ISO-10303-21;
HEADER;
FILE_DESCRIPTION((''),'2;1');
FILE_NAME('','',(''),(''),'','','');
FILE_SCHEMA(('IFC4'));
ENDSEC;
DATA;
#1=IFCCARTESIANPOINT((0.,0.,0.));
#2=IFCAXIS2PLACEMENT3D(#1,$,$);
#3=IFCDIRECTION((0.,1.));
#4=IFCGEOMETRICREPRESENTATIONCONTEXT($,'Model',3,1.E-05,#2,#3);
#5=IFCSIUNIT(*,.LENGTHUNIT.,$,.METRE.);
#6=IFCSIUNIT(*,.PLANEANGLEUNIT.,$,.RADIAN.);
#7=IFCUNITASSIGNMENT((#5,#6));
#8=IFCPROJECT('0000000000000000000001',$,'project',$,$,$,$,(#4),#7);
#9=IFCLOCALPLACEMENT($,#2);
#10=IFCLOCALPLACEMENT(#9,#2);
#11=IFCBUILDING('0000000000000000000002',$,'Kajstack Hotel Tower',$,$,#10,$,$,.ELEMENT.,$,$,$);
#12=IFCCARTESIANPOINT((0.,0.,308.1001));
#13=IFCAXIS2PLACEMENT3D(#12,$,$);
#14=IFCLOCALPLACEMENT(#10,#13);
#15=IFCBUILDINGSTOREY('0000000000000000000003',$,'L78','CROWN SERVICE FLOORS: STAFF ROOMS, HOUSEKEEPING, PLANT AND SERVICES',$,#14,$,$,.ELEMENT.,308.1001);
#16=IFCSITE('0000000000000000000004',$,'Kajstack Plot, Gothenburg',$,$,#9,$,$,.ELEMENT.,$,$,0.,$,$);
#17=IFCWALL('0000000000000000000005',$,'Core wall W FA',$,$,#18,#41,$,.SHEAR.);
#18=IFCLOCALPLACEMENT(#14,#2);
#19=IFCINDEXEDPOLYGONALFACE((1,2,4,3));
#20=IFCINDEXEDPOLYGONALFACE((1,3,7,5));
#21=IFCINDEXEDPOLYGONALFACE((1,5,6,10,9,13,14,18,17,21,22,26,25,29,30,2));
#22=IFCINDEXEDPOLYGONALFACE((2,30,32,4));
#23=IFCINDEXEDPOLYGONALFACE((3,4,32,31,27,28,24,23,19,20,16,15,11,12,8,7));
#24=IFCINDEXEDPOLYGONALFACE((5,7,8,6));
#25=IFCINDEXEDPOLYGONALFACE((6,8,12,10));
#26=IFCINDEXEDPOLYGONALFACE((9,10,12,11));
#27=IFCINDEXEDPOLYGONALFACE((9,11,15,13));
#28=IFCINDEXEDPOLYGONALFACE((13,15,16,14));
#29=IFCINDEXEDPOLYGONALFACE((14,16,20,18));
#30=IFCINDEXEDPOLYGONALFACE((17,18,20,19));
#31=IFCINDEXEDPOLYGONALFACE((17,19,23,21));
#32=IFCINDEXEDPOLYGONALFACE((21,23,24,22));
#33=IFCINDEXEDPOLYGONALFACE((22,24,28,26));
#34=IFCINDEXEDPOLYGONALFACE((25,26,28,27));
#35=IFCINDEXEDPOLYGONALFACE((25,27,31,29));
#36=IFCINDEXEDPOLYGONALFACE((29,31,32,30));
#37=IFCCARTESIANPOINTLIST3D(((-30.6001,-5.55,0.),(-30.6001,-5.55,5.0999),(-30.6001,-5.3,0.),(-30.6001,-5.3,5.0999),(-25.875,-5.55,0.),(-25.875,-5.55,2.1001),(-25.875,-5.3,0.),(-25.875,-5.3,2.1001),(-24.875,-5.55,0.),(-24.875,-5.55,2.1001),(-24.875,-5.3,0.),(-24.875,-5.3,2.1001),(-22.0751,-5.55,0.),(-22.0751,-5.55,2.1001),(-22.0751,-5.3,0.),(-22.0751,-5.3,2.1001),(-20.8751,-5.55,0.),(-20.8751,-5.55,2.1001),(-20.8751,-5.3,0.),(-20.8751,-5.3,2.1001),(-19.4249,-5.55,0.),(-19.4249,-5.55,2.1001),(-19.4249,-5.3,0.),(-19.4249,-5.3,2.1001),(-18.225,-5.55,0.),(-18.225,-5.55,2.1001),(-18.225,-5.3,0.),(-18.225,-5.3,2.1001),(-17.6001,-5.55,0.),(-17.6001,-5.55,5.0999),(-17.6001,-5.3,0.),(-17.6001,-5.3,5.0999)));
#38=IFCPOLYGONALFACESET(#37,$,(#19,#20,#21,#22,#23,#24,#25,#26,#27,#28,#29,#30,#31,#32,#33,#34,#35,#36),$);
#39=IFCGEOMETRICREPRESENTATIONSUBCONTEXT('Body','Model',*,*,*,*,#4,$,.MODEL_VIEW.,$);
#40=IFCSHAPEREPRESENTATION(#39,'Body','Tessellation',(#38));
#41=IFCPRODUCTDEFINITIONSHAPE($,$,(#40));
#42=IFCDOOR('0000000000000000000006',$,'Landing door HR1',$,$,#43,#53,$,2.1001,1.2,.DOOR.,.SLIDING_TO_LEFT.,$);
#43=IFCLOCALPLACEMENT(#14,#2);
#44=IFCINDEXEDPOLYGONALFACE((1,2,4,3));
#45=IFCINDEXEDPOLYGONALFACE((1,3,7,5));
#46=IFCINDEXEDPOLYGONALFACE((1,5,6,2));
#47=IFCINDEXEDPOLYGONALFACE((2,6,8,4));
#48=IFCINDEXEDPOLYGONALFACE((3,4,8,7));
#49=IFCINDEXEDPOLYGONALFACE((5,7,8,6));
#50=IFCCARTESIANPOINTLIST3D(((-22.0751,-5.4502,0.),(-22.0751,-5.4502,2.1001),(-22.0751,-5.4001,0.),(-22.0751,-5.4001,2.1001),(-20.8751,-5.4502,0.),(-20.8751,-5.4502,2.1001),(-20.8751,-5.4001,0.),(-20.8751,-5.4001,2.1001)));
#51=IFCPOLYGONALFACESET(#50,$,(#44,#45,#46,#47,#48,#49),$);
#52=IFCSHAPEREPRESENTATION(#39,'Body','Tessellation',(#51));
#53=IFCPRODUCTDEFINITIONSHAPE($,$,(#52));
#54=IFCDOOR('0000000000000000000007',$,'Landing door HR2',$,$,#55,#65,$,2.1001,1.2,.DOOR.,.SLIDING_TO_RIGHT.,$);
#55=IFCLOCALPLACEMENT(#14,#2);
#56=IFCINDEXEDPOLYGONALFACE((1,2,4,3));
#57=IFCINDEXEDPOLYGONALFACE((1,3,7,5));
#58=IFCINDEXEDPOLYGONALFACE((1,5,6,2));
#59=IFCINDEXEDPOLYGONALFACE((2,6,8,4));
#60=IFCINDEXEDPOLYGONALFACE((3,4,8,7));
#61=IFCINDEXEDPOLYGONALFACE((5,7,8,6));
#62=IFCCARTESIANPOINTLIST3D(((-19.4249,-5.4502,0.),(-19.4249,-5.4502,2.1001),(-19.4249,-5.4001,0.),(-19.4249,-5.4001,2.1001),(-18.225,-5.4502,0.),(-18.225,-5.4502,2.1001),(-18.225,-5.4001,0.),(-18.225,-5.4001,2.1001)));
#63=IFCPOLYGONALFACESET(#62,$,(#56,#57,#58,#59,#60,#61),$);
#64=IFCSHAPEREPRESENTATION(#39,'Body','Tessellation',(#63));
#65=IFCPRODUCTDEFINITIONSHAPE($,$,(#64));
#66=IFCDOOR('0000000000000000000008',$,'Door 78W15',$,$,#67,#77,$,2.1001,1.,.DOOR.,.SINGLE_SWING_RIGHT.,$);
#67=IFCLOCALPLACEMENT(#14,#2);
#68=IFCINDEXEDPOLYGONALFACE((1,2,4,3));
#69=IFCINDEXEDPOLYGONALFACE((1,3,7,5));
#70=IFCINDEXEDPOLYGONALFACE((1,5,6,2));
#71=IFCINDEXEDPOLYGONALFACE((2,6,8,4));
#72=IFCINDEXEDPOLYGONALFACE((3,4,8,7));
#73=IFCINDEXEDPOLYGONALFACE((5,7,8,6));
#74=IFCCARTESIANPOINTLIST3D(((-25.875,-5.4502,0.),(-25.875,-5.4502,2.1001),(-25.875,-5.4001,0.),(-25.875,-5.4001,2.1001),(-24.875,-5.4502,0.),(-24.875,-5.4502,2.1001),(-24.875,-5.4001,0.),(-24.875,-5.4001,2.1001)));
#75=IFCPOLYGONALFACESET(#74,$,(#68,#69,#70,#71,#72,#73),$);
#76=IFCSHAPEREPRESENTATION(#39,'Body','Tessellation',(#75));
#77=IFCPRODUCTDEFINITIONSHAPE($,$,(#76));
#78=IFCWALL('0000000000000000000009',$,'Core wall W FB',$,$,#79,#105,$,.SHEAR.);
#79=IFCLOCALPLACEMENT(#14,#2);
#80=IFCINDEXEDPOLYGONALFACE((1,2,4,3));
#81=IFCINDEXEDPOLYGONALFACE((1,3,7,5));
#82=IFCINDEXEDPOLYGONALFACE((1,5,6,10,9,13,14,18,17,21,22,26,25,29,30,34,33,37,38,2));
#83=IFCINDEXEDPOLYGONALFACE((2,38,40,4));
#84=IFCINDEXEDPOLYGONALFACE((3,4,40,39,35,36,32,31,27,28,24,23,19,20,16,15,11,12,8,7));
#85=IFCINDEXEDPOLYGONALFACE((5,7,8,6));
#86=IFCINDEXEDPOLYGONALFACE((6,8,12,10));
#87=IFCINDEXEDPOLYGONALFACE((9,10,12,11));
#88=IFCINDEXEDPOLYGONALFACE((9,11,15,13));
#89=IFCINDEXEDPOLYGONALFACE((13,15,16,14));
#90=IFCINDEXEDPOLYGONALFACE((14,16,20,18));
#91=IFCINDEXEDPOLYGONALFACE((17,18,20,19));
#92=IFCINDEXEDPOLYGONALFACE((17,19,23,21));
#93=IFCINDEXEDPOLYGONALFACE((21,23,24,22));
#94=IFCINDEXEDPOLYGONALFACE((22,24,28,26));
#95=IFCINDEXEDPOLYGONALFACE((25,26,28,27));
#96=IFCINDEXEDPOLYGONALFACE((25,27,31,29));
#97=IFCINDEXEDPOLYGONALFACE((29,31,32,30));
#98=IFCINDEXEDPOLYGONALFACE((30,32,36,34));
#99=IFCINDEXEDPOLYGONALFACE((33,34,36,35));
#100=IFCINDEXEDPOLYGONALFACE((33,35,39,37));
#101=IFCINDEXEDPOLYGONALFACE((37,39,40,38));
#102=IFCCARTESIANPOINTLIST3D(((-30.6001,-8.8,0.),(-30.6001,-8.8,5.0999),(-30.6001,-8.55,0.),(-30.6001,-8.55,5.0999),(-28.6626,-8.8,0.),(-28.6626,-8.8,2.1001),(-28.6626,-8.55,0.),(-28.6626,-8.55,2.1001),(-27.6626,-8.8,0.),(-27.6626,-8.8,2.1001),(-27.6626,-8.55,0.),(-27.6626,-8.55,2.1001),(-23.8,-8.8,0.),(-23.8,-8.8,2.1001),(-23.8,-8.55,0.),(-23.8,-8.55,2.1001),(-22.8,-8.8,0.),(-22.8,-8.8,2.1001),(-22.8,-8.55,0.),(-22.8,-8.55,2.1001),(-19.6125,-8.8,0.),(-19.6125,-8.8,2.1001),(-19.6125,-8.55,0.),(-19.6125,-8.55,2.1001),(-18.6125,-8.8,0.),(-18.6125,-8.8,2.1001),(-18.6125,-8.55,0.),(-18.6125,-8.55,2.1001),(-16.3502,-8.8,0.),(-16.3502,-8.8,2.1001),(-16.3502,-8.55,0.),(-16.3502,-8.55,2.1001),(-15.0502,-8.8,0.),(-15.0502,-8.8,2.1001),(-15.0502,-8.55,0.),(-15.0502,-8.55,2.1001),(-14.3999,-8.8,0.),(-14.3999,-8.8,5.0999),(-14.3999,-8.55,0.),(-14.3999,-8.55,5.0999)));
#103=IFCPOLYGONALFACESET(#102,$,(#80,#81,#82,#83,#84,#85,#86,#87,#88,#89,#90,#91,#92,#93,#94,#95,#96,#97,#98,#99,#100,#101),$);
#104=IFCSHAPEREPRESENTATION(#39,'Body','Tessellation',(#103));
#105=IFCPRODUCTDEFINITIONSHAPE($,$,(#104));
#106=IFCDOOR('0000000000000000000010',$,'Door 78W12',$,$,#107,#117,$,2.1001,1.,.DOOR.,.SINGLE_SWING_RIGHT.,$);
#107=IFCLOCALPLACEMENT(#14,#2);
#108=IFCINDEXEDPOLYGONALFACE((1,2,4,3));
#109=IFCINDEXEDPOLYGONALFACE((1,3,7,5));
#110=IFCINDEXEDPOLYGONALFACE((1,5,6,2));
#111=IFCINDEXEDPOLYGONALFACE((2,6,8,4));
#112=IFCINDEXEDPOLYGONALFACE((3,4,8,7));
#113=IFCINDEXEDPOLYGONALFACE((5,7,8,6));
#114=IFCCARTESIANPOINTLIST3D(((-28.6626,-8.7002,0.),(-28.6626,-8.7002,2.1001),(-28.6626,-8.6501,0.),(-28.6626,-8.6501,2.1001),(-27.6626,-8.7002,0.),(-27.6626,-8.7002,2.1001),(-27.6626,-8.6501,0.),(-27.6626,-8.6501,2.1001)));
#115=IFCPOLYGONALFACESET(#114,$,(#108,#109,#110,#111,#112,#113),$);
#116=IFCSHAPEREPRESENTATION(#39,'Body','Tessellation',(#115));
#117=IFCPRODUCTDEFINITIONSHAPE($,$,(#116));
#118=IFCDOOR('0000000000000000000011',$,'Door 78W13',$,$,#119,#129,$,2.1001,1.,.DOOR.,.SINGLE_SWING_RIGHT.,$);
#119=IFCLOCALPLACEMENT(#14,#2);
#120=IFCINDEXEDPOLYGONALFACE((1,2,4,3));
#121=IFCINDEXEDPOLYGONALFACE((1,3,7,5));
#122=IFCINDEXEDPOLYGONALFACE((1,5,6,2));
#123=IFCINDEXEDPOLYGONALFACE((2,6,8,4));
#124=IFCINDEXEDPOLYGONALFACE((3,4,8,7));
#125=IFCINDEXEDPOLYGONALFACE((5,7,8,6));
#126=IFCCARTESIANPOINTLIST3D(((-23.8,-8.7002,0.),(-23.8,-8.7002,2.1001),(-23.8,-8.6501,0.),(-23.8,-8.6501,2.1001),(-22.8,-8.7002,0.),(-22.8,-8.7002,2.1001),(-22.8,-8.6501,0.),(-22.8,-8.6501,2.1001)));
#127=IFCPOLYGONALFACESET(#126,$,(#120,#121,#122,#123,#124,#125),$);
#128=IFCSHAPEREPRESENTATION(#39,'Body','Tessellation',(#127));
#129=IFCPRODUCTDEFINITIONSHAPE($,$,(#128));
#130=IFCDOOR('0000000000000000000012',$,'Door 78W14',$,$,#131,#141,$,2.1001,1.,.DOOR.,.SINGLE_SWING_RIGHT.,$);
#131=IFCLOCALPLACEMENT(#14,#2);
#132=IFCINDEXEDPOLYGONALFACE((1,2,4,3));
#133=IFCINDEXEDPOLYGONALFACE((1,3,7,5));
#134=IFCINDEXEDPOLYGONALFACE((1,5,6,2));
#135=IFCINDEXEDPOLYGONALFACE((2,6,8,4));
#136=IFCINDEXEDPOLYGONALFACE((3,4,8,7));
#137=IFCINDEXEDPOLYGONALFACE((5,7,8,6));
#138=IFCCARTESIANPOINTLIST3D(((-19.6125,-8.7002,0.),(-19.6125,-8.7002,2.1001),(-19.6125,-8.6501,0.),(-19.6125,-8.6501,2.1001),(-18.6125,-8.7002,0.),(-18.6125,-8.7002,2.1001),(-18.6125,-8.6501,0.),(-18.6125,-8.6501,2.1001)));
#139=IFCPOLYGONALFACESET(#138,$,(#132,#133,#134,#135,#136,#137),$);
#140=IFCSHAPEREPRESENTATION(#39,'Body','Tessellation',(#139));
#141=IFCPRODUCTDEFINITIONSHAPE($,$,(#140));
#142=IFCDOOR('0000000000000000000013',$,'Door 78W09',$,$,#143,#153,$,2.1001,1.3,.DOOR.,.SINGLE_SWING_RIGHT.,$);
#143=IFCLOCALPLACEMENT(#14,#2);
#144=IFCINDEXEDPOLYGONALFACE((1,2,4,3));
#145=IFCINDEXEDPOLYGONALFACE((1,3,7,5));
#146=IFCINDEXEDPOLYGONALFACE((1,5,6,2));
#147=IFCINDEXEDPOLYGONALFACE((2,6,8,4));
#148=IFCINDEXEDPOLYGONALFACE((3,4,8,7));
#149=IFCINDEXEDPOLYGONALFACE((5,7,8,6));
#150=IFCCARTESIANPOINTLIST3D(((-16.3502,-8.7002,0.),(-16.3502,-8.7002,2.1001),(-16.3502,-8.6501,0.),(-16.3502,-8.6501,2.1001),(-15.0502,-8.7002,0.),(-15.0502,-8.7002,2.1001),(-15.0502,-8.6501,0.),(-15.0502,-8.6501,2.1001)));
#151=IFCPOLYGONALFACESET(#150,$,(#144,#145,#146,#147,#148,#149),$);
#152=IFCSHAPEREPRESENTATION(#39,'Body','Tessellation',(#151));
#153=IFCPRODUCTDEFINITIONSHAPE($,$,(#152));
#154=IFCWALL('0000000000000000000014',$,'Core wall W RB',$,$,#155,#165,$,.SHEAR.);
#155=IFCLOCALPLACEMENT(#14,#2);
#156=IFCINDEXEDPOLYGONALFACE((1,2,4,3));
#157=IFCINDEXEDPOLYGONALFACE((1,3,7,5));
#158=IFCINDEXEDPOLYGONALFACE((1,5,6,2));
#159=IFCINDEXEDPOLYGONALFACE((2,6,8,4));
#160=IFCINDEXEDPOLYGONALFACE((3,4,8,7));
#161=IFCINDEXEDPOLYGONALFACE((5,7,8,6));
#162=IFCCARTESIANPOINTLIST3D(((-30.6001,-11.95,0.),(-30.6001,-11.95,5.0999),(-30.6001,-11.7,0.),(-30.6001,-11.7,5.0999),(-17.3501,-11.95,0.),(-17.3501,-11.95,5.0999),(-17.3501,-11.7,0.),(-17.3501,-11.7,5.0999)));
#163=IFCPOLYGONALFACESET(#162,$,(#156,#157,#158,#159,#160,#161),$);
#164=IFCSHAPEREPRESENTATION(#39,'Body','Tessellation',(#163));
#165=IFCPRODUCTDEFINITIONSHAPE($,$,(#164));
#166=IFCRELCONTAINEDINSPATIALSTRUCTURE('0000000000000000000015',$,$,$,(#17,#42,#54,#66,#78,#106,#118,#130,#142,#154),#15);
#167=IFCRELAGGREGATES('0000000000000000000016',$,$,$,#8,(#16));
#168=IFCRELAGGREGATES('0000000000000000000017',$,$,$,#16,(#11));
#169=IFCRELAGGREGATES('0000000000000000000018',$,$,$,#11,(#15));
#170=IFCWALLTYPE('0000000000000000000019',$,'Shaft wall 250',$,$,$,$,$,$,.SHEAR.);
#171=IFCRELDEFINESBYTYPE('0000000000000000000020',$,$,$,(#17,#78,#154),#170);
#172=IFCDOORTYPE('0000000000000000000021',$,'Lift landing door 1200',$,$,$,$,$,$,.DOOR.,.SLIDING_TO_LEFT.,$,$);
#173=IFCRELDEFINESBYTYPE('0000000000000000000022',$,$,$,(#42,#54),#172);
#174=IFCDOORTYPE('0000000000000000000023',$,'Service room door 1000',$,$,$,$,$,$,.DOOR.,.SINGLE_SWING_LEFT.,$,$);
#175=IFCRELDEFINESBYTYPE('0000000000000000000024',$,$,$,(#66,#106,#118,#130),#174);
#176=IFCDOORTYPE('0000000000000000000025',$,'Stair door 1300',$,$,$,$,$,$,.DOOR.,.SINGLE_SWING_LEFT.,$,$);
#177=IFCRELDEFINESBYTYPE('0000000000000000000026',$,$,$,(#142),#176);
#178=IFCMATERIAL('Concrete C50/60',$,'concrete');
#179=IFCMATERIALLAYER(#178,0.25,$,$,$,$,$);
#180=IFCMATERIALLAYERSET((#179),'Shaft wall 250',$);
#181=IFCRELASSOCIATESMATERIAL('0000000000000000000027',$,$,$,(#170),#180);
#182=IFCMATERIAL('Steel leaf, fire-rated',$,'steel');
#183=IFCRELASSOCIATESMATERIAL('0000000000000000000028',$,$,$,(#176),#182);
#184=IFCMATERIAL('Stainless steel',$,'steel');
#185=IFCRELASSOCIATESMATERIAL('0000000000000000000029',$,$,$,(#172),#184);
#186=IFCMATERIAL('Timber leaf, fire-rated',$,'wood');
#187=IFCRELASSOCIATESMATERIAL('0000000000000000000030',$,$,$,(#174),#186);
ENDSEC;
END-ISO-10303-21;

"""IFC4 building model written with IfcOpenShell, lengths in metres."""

from ifc_helpers import new_model, si_unit, direction, frame, frame_2d, origin, place, context, subcontext, project, spatial, rectangle, extrude, material, layer, layer_set, type_object, element, fill, save


model = new_model("IFC4")

# Units and contexts
model_context = context("Model", 3, precision=1e-05, world=origin(), true_north=direction((0.0, 1.0)))
body_context = subcontext(model_context, "Body", "Model", "MODEL_VIEW")
ifc_project = project(units=[si_unit("LENGTHUNIT", "METRE"), si_unit("PLANEANGLEUNIT", "RADIAN")], contexts=[model_context])

# Site, building, storey
site_placement = place(None, origin())
site = spatial("IfcSite", under=ifc_project, at=site_placement, Name="Kajstack Plot, Gothenburg", CompositionType="ELEMENT", RefElevation=0.0)
building_placement = place(site_placement, origin())
building = spatial("IfcBuilding", under=site, at=building_placement, Name="Kajstack Hotel Tower", CompositionType="ELEMENT")
storey_placement = place(building_placement, frame((0.0, 0.0, 308.1001)))
storey = spatial("IfcBuildingStorey", under=building, at=storey_placement, Name="L78", Description="CROWN SERVICE FLOORS: STAFF ROOMS, HOUSEKEEPING, PLANT AND SERVICES", CompositionType="ELEMENT", Elevation=308.1001)

# Shared definitions
ifc_material_1 = material(Name="Stainless steel", Category="steel")

# Walls, openings, doors
ifc_material_2 = material(Name="Concrete C50/60", Category="concrete")
ifc_layer_1 = layer(ifc_material_2, 0.25)
ifc_layer_set_1 = layer_set([ifc_layer_1], Name="Shaft wall 250")
wall_type_1 = type_object("IfcWallType", Name="Shaft wall 250", PredefinedType="SHEAR", material=ifc_layer_set_1)
ifc_material_3 = material(Name="Timber leaf, fire-rated", Category="wood")
ifc_material_4 = material(Name="Steel leaf, fire-rated", Category="steel")
door_type_1 = type_object("IfcDoorType", Name="Stair door 1300", OperationType="SINGLE_SWING_LEFT", PredefinedType="DOOR", material=ifc_material_4)
wall_1_placement = place(storey_placement, frame((-30.6001, -5.425, 0.0), z_axis=(0.0, 0.0, 1.0), x_axis=(1.0, 0.0, 0.0)))
wall_1 = element("IfcWall", 1, at=wall_1_placement, inside=storey, type_object=wall_type_1, Name="Core wall W FA", PredefinedType="SHEAR", context=body_context, shape_type="SweptSolid", body=[
    extrude(rectangle(XDim=13.0, YDim=0.25, at=frame_2d((6.5, 0.0))), origin(), (0.0, 0.0, 1.0), 5.0999),
])
opening_1_placement = place(wall_1_placement, frame((8.5249, 0.0, 0.0)))
opening_1 = element("IfcOpeningElement", 2, at=opening_1_placement, cuts=wall_1, PredefinedType="OPENING", context=body_context, shape_type="SweptSolid", body=[
    extrude(rectangle(XDim=1.2, YDim=2.1001, at=frame_2d((0.6001, 1.05))), frame((0.0, 0.135, 0.0), z_axis=(0.0, -1.0, 0.0), x_axis=(1.0, 0.0, 0.0)), (0.0, 0.0, 1.0), 0.27),
])
opening_2_placement = place(wall_1_placement, frame((11.175, 0.0, 0.0)))
opening_2 = element("IfcOpeningElement", 3, at=opening_2_placement, cuts=wall_1, PredefinedType="OPENING", context=body_context, shape_type="SweptSolid", body=[
    extrude(rectangle(XDim=1.2, YDim=2.1001, at=frame_2d((0.6001, 1.05))), frame((0.0, 0.135, 0.0), z_axis=(0.0, -1.0, 0.0), x_axis=(1.0, 0.0, 0.0)), (0.0, 0.0, 1.0), 0.27),
])
opening_3_placement = place(wall_1_placement, frame((4.7251, 0.0, 0.0)))
opening_3 = element("IfcOpeningElement", 4, at=opening_3_placement, cuts=wall_1, PredefinedType="OPENING", context=body_context, shape_type="SweptSolid", body=[
    extrude(rectangle(XDim=1.0, YDim=2.1001, at=frame_2d((0.5, 1.05))), frame((0.0, 0.135, 0.0), z_axis=(0.0, -1.0, 0.0), x_axis=(1.0, 0.0, 0.0)), (0.0, 0.0, 1.0), 0.27),
])
door_type_2 = type_object("IfcDoorType", Name="Lift landing door 1200", OperationType="SLIDING_TO_LEFT", PredefinedType="DOOR", material=ifc_material_1)
door_1_placement = place(opening_1_placement, origin())
door_1 = element("IfcDoor", 5, at=door_1_placement, inside=storey, type_object=door_type_2, Name="Landing door HR1", OperationType="SLIDING_TO_LEFT", OverallHeight=2.1001, OverallWidth=1.2, PredefinedType="DOOR", context=body_context, shape_type="SweptSolid", body=[
    extrude(rectangle(XDim=1.2, YDim=2.1001, at=frame_2d((0.6001, 1.05))), frame((0.0, 0.0249, 0.0), z_axis=(0.0, -1.0, 0.0), x_axis=(1.0, 0.0, 0.0)), (0.0, 0.0, 1.0), 0.05),
])
fill(opening_1, door_1)
door_2_placement = place(opening_2_placement, origin())
door_2 = element("IfcDoor", 6, at=door_2_placement, inside=storey, type_object=door_type_2, Name="Landing door HR2", OperationType="SLIDING_TO_RIGHT", OverallHeight=2.1001, OverallWidth=1.2, PredefinedType="DOOR", context=body_context, shape_type="SweptSolid", body=[
    extrude(rectangle(XDim=1.2, YDim=2.1001, at=frame_2d((0.6001, 1.05))), frame((0.0, 0.0249, 0.0), z_axis=(0.0, -1.0, 0.0), x_axis=(1.0, 0.0, 0.0)), (0.0, 0.0, 1.0), 0.05),
])
fill(opening_2, door_2)
door_type_3 = type_object("IfcDoorType", Name="Service room door 1000", OperationType="SINGLE_SWING_LEFT", PredefinedType="DOOR", material=ifc_material_3)
door_3_placement = place(opening_3_placement, origin())
door_3 = element("IfcDoor", 7, at=door_3_placement, inside=storey, type_object=door_type_3, Name="Door 78W15", OperationType="SINGLE_SWING_RIGHT", OverallHeight=2.1001, OverallWidth=1.0, PredefinedType="DOOR", context=body_context, shape_type="SweptSolid", body=[
    extrude(rectangle(XDim=1.0, YDim=2.1001, at=frame_2d((0.5, 1.05))), frame((0.0, 0.0249, 0.0), z_axis=(0.0, -1.0, 0.0), x_axis=(1.0, 0.0, 0.0)), (0.0, 0.0, 1.0), 0.05),
])
fill(opening_3, door_3)
wall_2_placement = place(storey_placement, frame((-30.6001, -8.675, 0.0), z_axis=(0.0, 0.0, 1.0), x_axis=(1.0, 0.0, 0.0)))
wall_2 = element("IfcWall", 8, at=wall_2_placement, inside=storey, type_object=wall_type_1, Name="Core wall W FB", PredefinedType="SHEAR", context=body_context, shape_type="SweptSolid", body=[
    extrude(rectangle(XDim=16.2002, YDim=0.25, at=frame_2d((8.1001, 0.0))), origin(), (0.0, 0.0, 1.0), 5.0999),
])
opening_4_placement = place(wall_2_placement, frame((14.25, 0.0, 0.0)))
opening_4 = element("IfcOpeningElement", 9, at=opening_4_placement, cuts=wall_2, PredefinedType="OPENING", context=body_context, shape_type="SweptSolid", body=[
    extrude(rectangle(XDim=1.3, YDim=2.1001, at=frame_2d((0.6499, 1.05))), frame((0.0, 0.135, 0.0), z_axis=(0.0, -1.0, 0.0), x_axis=(1.0, 0.0, 0.0)), (0.0, 0.0, 1.0), 0.27),
])
opening_5_placement = place(wall_2_placement, frame((1.9375, 0.0, 0.0)))
opening_5 = element("IfcOpeningElement", 10, at=opening_5_placement, cuts=wall_2, PredefinedType="OPENING", context=body_context, shape_type="SweptSolid", body=[
    extrude(rectangle(XDim=1.0, YDim=2.1001, at=frame_2d((0.5, 1.05))), frame((0.0, 0.135, 0.0), z_axis=(0.0, -1.0, 0.0), x_axis=(1.0, 0.0, 0.0)), (0.0, 0.0, 1.0), 0.27),
])
opening_6_placement = place(wall_2_placement, frame((6.8, 0.0, 0.0)))
opening_6 = element("IfcOpeningElement", 11, at=opening_6_placement, cuts=wall_2, PredefinedType="OPENING", context=body_context, shape_type="SweptSolid", body=[
    extrude(rectangle(XDim=1.0, YDim=2.1001, at=frame_2d((0.5, 1.05))), frame((0.0, 0.135, 0.0), z_axis=(0.0, -1.0, 0.0), x_axis=(1.0, 0.0, 0.0)), (0.0, 0.0, 1.0), 0.27),
])
opening_7_placement = place(wall_2_placement, frame((10.9875, 0.0, 0.0)))
opening_7 = element("IfcOpeningElement", 12, at=opening_7_placement, cuts=wall_2, PredefinedType="OPENING", context=body_context, shape_type="SweptSolid", body=[
    extrude(rectangle(XDim=1.0, YDim=2.1001, at=frame_2d((0.5, 1.05))), frame((0.0, 0.135, 0.0), z_axis=(0.0, -1.0, 0.0), x_axis=(1.0, 0.0, 0.0)), (0.0, 0.0, 1.0), 0.27),
])
door_4_placement = place(opening_5_placement, origin())
door_4 = element("IfcDoor", 13, at=door_4_placement, inside=storey, type_object=door_type_3, Name="Door 78W12", OperationType="SINGLE_SWING_RIGHT", OverallHeight=2.1001, OverallWidth=1.0, PredefinedType="DOOR", context=body_context, shape_type="SweptSolid", body=[
    extrude(rectangle(XDim=1.0, YDim=2.1001, at=frame_2d((0.5, 1.05))), frame((0.0, 0.0249, 0.0), z_axis=(0.0, -1.0, 0.0), x_axis=(1.0, 0.0, 0.0)), (0.0, 0.0, 1.0), 0.05),
])
fill(opening_5, door_4)
door_5_placement = place(opening_6_placement, origin())
door_5 = element("IfcDoor", 14, at=door_5_placement, inside=storey, type_object=door_type_3, Name="Door 78W13", OperationType="SINGLE_SWING_RIGHT", OverallHeight=2.1001, OverallWidth=1.0, PredefinedType="DOOR", context=body_context, shape_type="SweptSolid", body=[
    extrude(rectangle(XDim=1.0, YDim=2.1001, at=frame_2d((0.5, 1.05))), frame((0.0, 0.0249, 0.0), z_axis=(0.0, -1.0, 0.0), x_axis=(1.0, 0.0, 0.0)), (0.0, 0.0, 1.0), 0.05),
])
fill(opening_6, door_5)
door_6_placement = place(opening_7_placement, origin())
door_6 = element("IfcDoor", 15, at=door_6_placement, inside=storey, type_object=door_type_3, Name="Door 78W14", OperationType="SINGLE_SWING_RIGHT", OverallHeight=2.1001, OverallWidth=1.0, PredefinedType="DOOR", context=body_context, shape_type="SweptSolid", body=[
    extrude(rectangle(XDim=1.0, YDim=2.1001, at=frame_2d((0.5, 1.05))), frame((0.0, 0.0249, 0.0), z_axis=(0.0, -1.0, 0.0), x_axis=(1.0, 0.0, 0.0)), (0.0, 0.0, 1.0), 0.05),
])
fill(opening_7, door_6)
door_7_placement = place(opening_4_placement, origin())
door_7 = element("IfcDoor", 16, at=door_7_placement, inside=storey, type_object=door_type_1, Name="Door 78W09", OperationType="SINGLE_SWING_RIGHT", OverallHeight=2.1001, OverallWidth=1.3, PredefinedType="DOOR", context=body_context, shape_type="SweptSolid", body=[
    extrude(rectangle(XDim=1.3, YDim=2.1001, at=frame_2d((0.6499, 1.05))), frame((0.0, 0.0249, 0.0), z_axis=(0.0, -1.0, 0.0), x_axis=(1.0, 0.0, 0.0)), (0.0, 0.0, 1.0), 0.05),
])
fill(opening_4, door_7)

# Wall
wall_3_placement = place(storey_placement, frame((-30.6001, -11.825, 0.0), z_axis=(0.0, 0.0, 1.0), x_axis=(1.0, 0.0, 0.0)))
element("IfcWall", 17, at=wall_3_placement, inside=storey, type_object=wall_type_1, Name="Core wall W RB", PredefinedType="SHEAR", context=body_context, shape_type="SweptSolid", body=[
    extrude(rectangle(XDim=13.25, YDim=0.25, at=frame_2d((6.625, 0.0))), origin(), (0.0, 0.0, 1.0), 5.0999),
])

save(model, "model.ifc")
